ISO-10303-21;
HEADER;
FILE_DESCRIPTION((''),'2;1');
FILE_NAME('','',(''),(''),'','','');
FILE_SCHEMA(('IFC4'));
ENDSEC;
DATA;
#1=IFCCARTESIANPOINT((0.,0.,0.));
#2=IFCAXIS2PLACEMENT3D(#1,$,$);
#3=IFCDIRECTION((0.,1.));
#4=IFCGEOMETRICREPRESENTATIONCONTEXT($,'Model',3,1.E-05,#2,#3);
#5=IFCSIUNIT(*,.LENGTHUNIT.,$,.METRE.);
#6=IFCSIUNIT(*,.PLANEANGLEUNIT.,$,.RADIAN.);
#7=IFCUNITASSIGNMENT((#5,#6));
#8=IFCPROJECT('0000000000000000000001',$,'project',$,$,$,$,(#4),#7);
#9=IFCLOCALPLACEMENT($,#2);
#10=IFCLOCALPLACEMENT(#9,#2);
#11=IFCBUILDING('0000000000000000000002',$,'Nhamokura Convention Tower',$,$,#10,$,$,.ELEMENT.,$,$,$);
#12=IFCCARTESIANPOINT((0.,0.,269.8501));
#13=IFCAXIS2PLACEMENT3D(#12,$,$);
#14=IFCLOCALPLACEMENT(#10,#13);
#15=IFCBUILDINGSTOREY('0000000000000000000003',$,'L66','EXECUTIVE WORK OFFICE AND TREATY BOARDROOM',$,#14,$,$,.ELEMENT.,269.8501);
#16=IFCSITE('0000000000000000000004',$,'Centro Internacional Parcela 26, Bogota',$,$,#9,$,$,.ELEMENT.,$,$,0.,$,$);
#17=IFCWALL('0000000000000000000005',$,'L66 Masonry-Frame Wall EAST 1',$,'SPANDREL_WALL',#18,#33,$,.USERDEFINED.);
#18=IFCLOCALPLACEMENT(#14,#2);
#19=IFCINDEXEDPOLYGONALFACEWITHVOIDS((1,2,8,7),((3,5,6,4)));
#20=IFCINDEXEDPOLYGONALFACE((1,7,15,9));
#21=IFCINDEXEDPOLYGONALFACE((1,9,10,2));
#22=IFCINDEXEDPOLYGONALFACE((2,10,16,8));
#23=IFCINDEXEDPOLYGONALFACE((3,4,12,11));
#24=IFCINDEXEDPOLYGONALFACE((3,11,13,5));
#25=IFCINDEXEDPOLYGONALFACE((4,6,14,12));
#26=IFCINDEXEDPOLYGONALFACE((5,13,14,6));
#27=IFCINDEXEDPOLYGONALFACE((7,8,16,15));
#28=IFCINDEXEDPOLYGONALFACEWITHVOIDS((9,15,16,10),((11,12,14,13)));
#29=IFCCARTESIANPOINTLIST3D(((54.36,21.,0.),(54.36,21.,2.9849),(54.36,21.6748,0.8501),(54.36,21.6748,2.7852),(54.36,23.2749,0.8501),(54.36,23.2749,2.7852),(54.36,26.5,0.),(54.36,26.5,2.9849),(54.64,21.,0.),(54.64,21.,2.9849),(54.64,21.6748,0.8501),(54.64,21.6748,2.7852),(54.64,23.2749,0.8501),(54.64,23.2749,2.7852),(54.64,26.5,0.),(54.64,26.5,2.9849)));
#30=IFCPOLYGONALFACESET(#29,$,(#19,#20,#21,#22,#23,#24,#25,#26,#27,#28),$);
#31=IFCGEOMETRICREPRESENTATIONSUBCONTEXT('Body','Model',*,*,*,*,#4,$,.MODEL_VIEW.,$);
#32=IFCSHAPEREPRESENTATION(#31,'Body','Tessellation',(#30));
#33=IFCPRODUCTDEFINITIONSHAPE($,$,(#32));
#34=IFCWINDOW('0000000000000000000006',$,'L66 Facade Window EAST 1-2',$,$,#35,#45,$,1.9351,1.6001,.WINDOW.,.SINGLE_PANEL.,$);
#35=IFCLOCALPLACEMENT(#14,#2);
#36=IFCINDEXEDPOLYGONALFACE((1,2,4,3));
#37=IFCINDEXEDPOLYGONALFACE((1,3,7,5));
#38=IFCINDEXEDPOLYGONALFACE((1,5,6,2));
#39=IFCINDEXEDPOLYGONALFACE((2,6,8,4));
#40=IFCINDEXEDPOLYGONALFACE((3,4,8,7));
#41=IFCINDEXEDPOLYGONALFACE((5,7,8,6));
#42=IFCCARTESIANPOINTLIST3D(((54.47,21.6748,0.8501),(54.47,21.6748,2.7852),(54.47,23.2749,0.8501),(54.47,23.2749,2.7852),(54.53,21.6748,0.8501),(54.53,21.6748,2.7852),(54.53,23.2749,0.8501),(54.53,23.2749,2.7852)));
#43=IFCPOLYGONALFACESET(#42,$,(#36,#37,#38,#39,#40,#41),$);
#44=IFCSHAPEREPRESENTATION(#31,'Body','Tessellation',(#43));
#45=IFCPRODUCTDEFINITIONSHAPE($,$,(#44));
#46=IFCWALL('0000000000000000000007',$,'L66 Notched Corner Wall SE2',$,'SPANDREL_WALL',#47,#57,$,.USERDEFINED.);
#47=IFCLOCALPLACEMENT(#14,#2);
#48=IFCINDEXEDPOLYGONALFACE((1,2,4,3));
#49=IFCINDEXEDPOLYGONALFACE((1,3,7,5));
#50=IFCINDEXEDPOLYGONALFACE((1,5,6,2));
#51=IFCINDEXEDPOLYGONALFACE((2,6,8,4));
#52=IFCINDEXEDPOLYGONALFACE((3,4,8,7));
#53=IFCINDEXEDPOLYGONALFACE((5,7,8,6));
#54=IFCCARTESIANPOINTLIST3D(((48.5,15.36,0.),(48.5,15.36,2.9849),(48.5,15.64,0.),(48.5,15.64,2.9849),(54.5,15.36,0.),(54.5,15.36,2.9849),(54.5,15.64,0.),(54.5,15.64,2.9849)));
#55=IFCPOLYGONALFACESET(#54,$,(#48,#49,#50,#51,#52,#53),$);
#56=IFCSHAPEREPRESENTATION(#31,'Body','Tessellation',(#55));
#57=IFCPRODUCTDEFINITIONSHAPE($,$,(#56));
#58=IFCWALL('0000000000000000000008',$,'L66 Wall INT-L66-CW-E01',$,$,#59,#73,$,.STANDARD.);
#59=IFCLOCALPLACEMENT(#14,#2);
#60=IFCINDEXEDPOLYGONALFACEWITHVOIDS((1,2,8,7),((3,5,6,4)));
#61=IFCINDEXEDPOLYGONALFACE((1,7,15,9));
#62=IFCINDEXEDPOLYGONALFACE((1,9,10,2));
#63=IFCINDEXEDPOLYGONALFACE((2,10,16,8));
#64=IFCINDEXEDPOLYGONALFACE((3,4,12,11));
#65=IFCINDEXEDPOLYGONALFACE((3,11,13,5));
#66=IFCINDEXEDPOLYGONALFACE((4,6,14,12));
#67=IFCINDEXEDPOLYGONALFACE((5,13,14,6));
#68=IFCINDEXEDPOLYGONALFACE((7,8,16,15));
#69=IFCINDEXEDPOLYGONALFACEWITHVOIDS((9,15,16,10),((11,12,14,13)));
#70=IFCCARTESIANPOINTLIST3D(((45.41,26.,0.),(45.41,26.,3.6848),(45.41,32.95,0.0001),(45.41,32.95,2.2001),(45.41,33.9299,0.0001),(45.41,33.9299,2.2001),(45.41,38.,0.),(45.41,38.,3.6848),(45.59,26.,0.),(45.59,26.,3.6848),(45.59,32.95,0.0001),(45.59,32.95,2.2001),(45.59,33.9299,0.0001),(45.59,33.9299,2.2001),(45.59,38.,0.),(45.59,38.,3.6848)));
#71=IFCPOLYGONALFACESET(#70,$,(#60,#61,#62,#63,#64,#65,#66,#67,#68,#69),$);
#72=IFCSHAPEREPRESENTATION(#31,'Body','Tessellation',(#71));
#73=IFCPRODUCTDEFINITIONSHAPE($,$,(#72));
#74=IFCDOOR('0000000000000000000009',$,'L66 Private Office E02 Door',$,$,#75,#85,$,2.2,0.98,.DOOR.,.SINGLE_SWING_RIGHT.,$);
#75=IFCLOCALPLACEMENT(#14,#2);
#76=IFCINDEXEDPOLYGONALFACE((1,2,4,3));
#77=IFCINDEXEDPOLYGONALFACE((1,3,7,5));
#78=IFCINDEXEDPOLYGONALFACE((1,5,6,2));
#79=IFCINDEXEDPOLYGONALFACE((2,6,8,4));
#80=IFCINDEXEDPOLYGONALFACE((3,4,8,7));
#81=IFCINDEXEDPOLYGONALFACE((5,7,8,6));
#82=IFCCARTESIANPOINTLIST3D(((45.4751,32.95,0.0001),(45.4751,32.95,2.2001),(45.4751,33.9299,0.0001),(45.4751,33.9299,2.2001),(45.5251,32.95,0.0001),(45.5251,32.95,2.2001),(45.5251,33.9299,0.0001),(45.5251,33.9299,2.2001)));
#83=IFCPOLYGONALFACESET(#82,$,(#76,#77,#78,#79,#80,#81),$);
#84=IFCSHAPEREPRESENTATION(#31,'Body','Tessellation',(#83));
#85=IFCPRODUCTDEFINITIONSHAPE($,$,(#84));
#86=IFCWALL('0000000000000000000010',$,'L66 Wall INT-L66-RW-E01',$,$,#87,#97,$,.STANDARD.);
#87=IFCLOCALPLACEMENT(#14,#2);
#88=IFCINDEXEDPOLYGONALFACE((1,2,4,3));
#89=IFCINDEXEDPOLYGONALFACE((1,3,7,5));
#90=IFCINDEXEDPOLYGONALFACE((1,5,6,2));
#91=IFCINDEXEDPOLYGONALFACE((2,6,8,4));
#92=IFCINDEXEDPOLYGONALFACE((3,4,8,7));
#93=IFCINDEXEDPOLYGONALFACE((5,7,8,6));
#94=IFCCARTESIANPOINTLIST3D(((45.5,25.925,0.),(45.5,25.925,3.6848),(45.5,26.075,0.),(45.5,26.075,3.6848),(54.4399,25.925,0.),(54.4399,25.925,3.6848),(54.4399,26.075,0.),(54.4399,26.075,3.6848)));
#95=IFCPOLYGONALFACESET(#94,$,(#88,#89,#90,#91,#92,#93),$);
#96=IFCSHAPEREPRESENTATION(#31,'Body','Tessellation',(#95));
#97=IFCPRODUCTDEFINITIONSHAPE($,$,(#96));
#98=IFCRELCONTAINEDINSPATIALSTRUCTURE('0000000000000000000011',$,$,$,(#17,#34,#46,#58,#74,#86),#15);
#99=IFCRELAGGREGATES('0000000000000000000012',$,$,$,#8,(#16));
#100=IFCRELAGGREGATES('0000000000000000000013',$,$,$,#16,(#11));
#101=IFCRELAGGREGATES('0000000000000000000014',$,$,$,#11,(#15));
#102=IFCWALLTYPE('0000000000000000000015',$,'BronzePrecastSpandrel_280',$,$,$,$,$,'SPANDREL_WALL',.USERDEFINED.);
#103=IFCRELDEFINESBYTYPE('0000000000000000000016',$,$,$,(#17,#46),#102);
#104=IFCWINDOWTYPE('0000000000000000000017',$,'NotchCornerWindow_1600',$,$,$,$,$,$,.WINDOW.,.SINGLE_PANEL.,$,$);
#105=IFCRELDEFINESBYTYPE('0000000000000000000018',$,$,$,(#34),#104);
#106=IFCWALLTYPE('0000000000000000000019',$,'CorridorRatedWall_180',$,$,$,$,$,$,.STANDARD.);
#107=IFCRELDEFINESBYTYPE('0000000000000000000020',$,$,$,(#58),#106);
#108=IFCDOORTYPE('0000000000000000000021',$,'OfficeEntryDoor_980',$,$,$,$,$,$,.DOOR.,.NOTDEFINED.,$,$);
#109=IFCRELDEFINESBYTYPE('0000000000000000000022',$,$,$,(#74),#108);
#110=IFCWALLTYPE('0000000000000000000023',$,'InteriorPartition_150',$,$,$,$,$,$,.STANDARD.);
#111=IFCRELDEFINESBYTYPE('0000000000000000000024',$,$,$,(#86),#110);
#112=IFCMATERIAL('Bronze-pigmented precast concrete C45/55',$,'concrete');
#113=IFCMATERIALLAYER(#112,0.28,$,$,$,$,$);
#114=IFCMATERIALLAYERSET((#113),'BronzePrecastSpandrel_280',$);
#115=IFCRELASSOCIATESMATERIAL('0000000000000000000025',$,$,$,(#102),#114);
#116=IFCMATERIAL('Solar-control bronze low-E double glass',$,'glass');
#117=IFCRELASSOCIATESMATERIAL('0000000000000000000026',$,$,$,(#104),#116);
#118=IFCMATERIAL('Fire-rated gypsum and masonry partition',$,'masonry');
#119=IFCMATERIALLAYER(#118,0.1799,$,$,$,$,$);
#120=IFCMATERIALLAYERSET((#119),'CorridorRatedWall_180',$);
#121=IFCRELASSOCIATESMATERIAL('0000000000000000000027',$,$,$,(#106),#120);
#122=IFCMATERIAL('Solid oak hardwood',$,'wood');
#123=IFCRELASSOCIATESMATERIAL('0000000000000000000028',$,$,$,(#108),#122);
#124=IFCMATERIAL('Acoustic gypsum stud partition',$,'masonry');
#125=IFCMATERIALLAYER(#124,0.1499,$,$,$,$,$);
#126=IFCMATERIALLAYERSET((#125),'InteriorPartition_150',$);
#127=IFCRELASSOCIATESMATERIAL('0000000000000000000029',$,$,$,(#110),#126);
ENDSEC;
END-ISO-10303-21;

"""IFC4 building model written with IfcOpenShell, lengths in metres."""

from ifc_helpers import new_model, si_unit, direction, frame, frame_2d, origin, place, context, subcontext, project, spatial, rectangle, extrude, material, layer, layer_set, type_object, element, fill, save


model = new_model("IFC4")

# Units and contexts
model_context = context("Model", 3, precision=1e-05, world=origin(), true_north=direction((0.0, 1.0)))
body_context = subcontext(model_context, "Body", "Model", "MODEL_VIEW")
ifc_project = project(units=[si_unit("LENGTHUNIT", "METRE"), si_unit("PLANEANGLEUNIT", "RADIAN")], contexts=[model_context])

# Site, building, storey
site_placement = place(None, origin())
site = spatial("IfcSite", under=ifc_project, at=site_placement, Name="Centro Internacional Parcela 26, Bogota", CompositionType="ELEMENT", RefElevation=0.0)
building_placement = place(site_placement, origin())
building = spatial("IfcBuilding", under=site, at=building_placement, Name="Nhamokura Convention Tower", CompositionType="ELEMENT")
storey_placement = place(building_placement, frame((0.0, 0.0, 269.8501)))
storey = spatial("IfcBuildingStorey", under=building, at=storey_placement, Name="L66", Description="EXECUTIVE WORK OFFICE AND TREATY BOARDROOM", CompositionType="ELEMENT", Elevation=269.8501)

# Shared definitions
ifc_material_1 = material(Name="Bronze-pigmented precast concrete C45/55", Category="concrete")
ifc_layer_1 = layer(ifc_material_1, 0.28)
ifc_layer_set_1 = layer_set([ifc_layer_1], Name="BronzePrecastSpandrel_280")
wall_type_1 = type_object("IfcWallType", Name="BronzePrecastSpandrel_280", ElementType="SPANDREL_WALL", PredefinedType="USERDEFINED", material=ifc_layer_set_1)

# Wall, opening, window
wall_1_placement = place(storey_placement, frame((54.5, 26.5, 0.0), z_axis=(0.0, 0.0, 1.0), x_axis=(0.0, -1.0, 0.0)))
wall_1 = element("IfcWall", 1, at=wall_1_placement, inside=storey, type_object=wall_type_1, Name="L66 Masonry-Frame Wall EAST 1", ObjectType="SPANDREL_WALL", PredefinedType="USERDEFINED", context=body_context, shape_type="SweptSolid", body=[
    extrude(rectangle(XDim=5.5, YDim=0.28, at=frame_2d((2.75, 0.0))), origin(), (0.0, 0.0, 1.0), 2.9849),
])
opening_1_placement = place(wall_1_placement, frame((3.2251, 0.0, 0.8501)))
opening_1 = element("IfcOpeningElement", 2, at=opening_1_placement, cuts=wall_1, PredefinedType="OPENING", context=body_context, shape_type="SweptSolid", body=[
    extrude(rectangle(XDim=1.6001, YDim=1.9351, at=frame_2d((0.8, 0.9675))), frame((0.0, 0.1499, 0.0), z_axis=(0.0, -1.0, 0.0), x_axis=(1.0, 0.0, 0.0)), (0.0, 0.0, 1.0), 0.3),
])
ifc_material_2 = material(Name="Solar-control bronze low-E double glass", Category="glass")
window_type = type_object("IfcWindowType", Name="NotchCornerWindow_1600", PartitioningType="SINGLE_PANEL", PredefinedType="WINDOW", material=ifc_material_2)
window_placement = place(opening_1_placement, origin())
window = element("IfcWindow", 3, at=window_placement, inside=storey, type_object=window_type, Name="L66 Facade Window EAST 1-2", OverallHeight=1.9351, OverallWidth=1.6001, PartitioningType="SINGLE_PANEL", PredefinedType="WINDOW", context=body_context, shape_type="SweptSolid", body=[
    extrude(rectangle(XDim=1.6001, YDim=1.9351, at=frame_2d((0.8, 0.9675))), frame((0.0, 0.03, 0.0), z_axis=(0.0, -1.0, 0.0), x_axis=(1.0, 0.0, 0.0)), (0.0, 0.0, 1.0), 0.0601),
])
fill(opening_1, window)

# Wall
wall_2_placement = place(storey_placement, frame((54.5, 15.5, 0.0), z_axis=(0.0, 0.0, 1.0), x_axis=(-1.0, 0.0, 0.0)))
element("IfcWall", 4, at=wall_2_placement, inside=storey, type_object=wall_type_1, Name="L66 Notched Corner Wall SE2", ObjectType="SPANDREL_WALL", PredefinedType="USERDEFINED", context=body_context, shape_type="SweptSolid", body=[
    extrude(rectangle(XDim=6.0, YDim=0.28, at=frame_2d((3.0, 0.0))), origin(), (0.0, 0.0, 1.0), 2.9849),
])

# Wall, opening, door
ifc_material_3 = material(Name="Fire-rated gypsum and masonry partition", Category="masonry")
ifc_layer_2 = layer(ifc_material_3, 0.1799)
ifc_layer_set_2 = layer_set([ifc_layer_2], Name="CorridorRatedWall_180")
wall_type_2 = type_object("IfcWallType", Name="CorridorRatedWall_180", PredefinedType="STANDARD", material=ifc_layer_set_2)
wall_3_placement = place(storey_placement, frame((45.5, 26.0, 0.0), z_axis=(0.0, 0.0, 1.0), x_axis=(0.0, 1.0, 0.0)))
wall_3 = element("IfcWall", 5, at=wall_3_placement, inside=storey, type_object=wall_type_2, Name="L66 Wall INT-L66-CW-E01", PredefinedType="STANDARD", context=body_context, shape_type="SweptSolid", body=[
    extrude(rectangle(XDim=12.0, YDim=0.1799, at=frame_2d((6.0, 0.0))), origin(), (0.0, 0.0, 1.0), 3.6848),
])
opening_2_placement = place(wall_3_placement, frame((6.95, 0.0, 0.0)))
opening_2 = element("IfcOpeningElement", 6, at=opening_2_placement, cuts=wall_3, PredefinedType="OPENING", context=body_context, shape_type="SweptSolid", body=[
    extrude(rectangle(XDim=0.98, YDim=2.2, at=frame_2d((0.49, 1.1001))), frame((0.0, 0.0999, 0.0), z_axis=(0.0, -1.0, 0.0), x_axis=(1.0, 0.0, 0.0)), (0.0, 0.0, 1.0), 0.2),
])
ifc_material_4 = material(Name="Solid oak hardwood", Category="wood")
door_type = type_object("IfcDoorType", Name="OfficeEntryDoor_980", OperationType="NOTDEFINED", PredefinedType="DOOR", material=ifc_material_4)
door_placement = place(opening_2_placement, origin())
door = element("IfcDoor", 7, at=door_placement, inside=storey, type_object=door_type, Name="L66 Private Office E02 Door", OperationType="SINGLE_SWING_RIGHT", OverallHeight=2.2, OverallWidth=0.98, PredefinedType="DOOR", context=body_context, shape_type="SweptSolid", body=[
    extrude(rectangle(XDim=0.98, YDim=2.2, at=frame_2d((0.49, 1.1001))), frame((0.0, 0.0249, 0.0), z_axis=(0.0, -1.0, 0.0), x_axis=(1.0, 0.0, 0.0)), (0.0, 0.0, 1.0), 0.05),
])
fill(opening_2, door)

# Wall
ifc_material_5 = material(Name="Acoustic gypsum stud partition", Category="masonry")
ifc_layer_3 = layer(ifc_material_5, 0.1499)
ifc_layer_set_3 = layer_set([ifc_layer_3], Name="InteriorPartition_150")
wall_type_3 = type_object("IfcWallType", Name="InteriorPartition_150", PredefinedType="STANDARD", material=ifc_layer_set_3)
wall_4_placement = place(storey_placement, frame((45.5, 26.0, 0.0), z_axis=(0.0, 0.0, 1.0), x_axis=(1.0, 0.0, 0.0)))
element("IfcWall", 8, at=wall_4_placement, inside=storey, type_object=wall_type_3, Name="L66 Wall INT-L66-RW-E01", PredefinedType="STANDARD", context=body_context, shape_type="SweptSolid", body=[
    extrude(rectangle(XDim=8.9399, YDim=0.1499, at=frame_2d((4.47, 0.0))), origin(), (0.0, 0.0, 1.0), 3.6848),
])

save(model, "model.ifc")
